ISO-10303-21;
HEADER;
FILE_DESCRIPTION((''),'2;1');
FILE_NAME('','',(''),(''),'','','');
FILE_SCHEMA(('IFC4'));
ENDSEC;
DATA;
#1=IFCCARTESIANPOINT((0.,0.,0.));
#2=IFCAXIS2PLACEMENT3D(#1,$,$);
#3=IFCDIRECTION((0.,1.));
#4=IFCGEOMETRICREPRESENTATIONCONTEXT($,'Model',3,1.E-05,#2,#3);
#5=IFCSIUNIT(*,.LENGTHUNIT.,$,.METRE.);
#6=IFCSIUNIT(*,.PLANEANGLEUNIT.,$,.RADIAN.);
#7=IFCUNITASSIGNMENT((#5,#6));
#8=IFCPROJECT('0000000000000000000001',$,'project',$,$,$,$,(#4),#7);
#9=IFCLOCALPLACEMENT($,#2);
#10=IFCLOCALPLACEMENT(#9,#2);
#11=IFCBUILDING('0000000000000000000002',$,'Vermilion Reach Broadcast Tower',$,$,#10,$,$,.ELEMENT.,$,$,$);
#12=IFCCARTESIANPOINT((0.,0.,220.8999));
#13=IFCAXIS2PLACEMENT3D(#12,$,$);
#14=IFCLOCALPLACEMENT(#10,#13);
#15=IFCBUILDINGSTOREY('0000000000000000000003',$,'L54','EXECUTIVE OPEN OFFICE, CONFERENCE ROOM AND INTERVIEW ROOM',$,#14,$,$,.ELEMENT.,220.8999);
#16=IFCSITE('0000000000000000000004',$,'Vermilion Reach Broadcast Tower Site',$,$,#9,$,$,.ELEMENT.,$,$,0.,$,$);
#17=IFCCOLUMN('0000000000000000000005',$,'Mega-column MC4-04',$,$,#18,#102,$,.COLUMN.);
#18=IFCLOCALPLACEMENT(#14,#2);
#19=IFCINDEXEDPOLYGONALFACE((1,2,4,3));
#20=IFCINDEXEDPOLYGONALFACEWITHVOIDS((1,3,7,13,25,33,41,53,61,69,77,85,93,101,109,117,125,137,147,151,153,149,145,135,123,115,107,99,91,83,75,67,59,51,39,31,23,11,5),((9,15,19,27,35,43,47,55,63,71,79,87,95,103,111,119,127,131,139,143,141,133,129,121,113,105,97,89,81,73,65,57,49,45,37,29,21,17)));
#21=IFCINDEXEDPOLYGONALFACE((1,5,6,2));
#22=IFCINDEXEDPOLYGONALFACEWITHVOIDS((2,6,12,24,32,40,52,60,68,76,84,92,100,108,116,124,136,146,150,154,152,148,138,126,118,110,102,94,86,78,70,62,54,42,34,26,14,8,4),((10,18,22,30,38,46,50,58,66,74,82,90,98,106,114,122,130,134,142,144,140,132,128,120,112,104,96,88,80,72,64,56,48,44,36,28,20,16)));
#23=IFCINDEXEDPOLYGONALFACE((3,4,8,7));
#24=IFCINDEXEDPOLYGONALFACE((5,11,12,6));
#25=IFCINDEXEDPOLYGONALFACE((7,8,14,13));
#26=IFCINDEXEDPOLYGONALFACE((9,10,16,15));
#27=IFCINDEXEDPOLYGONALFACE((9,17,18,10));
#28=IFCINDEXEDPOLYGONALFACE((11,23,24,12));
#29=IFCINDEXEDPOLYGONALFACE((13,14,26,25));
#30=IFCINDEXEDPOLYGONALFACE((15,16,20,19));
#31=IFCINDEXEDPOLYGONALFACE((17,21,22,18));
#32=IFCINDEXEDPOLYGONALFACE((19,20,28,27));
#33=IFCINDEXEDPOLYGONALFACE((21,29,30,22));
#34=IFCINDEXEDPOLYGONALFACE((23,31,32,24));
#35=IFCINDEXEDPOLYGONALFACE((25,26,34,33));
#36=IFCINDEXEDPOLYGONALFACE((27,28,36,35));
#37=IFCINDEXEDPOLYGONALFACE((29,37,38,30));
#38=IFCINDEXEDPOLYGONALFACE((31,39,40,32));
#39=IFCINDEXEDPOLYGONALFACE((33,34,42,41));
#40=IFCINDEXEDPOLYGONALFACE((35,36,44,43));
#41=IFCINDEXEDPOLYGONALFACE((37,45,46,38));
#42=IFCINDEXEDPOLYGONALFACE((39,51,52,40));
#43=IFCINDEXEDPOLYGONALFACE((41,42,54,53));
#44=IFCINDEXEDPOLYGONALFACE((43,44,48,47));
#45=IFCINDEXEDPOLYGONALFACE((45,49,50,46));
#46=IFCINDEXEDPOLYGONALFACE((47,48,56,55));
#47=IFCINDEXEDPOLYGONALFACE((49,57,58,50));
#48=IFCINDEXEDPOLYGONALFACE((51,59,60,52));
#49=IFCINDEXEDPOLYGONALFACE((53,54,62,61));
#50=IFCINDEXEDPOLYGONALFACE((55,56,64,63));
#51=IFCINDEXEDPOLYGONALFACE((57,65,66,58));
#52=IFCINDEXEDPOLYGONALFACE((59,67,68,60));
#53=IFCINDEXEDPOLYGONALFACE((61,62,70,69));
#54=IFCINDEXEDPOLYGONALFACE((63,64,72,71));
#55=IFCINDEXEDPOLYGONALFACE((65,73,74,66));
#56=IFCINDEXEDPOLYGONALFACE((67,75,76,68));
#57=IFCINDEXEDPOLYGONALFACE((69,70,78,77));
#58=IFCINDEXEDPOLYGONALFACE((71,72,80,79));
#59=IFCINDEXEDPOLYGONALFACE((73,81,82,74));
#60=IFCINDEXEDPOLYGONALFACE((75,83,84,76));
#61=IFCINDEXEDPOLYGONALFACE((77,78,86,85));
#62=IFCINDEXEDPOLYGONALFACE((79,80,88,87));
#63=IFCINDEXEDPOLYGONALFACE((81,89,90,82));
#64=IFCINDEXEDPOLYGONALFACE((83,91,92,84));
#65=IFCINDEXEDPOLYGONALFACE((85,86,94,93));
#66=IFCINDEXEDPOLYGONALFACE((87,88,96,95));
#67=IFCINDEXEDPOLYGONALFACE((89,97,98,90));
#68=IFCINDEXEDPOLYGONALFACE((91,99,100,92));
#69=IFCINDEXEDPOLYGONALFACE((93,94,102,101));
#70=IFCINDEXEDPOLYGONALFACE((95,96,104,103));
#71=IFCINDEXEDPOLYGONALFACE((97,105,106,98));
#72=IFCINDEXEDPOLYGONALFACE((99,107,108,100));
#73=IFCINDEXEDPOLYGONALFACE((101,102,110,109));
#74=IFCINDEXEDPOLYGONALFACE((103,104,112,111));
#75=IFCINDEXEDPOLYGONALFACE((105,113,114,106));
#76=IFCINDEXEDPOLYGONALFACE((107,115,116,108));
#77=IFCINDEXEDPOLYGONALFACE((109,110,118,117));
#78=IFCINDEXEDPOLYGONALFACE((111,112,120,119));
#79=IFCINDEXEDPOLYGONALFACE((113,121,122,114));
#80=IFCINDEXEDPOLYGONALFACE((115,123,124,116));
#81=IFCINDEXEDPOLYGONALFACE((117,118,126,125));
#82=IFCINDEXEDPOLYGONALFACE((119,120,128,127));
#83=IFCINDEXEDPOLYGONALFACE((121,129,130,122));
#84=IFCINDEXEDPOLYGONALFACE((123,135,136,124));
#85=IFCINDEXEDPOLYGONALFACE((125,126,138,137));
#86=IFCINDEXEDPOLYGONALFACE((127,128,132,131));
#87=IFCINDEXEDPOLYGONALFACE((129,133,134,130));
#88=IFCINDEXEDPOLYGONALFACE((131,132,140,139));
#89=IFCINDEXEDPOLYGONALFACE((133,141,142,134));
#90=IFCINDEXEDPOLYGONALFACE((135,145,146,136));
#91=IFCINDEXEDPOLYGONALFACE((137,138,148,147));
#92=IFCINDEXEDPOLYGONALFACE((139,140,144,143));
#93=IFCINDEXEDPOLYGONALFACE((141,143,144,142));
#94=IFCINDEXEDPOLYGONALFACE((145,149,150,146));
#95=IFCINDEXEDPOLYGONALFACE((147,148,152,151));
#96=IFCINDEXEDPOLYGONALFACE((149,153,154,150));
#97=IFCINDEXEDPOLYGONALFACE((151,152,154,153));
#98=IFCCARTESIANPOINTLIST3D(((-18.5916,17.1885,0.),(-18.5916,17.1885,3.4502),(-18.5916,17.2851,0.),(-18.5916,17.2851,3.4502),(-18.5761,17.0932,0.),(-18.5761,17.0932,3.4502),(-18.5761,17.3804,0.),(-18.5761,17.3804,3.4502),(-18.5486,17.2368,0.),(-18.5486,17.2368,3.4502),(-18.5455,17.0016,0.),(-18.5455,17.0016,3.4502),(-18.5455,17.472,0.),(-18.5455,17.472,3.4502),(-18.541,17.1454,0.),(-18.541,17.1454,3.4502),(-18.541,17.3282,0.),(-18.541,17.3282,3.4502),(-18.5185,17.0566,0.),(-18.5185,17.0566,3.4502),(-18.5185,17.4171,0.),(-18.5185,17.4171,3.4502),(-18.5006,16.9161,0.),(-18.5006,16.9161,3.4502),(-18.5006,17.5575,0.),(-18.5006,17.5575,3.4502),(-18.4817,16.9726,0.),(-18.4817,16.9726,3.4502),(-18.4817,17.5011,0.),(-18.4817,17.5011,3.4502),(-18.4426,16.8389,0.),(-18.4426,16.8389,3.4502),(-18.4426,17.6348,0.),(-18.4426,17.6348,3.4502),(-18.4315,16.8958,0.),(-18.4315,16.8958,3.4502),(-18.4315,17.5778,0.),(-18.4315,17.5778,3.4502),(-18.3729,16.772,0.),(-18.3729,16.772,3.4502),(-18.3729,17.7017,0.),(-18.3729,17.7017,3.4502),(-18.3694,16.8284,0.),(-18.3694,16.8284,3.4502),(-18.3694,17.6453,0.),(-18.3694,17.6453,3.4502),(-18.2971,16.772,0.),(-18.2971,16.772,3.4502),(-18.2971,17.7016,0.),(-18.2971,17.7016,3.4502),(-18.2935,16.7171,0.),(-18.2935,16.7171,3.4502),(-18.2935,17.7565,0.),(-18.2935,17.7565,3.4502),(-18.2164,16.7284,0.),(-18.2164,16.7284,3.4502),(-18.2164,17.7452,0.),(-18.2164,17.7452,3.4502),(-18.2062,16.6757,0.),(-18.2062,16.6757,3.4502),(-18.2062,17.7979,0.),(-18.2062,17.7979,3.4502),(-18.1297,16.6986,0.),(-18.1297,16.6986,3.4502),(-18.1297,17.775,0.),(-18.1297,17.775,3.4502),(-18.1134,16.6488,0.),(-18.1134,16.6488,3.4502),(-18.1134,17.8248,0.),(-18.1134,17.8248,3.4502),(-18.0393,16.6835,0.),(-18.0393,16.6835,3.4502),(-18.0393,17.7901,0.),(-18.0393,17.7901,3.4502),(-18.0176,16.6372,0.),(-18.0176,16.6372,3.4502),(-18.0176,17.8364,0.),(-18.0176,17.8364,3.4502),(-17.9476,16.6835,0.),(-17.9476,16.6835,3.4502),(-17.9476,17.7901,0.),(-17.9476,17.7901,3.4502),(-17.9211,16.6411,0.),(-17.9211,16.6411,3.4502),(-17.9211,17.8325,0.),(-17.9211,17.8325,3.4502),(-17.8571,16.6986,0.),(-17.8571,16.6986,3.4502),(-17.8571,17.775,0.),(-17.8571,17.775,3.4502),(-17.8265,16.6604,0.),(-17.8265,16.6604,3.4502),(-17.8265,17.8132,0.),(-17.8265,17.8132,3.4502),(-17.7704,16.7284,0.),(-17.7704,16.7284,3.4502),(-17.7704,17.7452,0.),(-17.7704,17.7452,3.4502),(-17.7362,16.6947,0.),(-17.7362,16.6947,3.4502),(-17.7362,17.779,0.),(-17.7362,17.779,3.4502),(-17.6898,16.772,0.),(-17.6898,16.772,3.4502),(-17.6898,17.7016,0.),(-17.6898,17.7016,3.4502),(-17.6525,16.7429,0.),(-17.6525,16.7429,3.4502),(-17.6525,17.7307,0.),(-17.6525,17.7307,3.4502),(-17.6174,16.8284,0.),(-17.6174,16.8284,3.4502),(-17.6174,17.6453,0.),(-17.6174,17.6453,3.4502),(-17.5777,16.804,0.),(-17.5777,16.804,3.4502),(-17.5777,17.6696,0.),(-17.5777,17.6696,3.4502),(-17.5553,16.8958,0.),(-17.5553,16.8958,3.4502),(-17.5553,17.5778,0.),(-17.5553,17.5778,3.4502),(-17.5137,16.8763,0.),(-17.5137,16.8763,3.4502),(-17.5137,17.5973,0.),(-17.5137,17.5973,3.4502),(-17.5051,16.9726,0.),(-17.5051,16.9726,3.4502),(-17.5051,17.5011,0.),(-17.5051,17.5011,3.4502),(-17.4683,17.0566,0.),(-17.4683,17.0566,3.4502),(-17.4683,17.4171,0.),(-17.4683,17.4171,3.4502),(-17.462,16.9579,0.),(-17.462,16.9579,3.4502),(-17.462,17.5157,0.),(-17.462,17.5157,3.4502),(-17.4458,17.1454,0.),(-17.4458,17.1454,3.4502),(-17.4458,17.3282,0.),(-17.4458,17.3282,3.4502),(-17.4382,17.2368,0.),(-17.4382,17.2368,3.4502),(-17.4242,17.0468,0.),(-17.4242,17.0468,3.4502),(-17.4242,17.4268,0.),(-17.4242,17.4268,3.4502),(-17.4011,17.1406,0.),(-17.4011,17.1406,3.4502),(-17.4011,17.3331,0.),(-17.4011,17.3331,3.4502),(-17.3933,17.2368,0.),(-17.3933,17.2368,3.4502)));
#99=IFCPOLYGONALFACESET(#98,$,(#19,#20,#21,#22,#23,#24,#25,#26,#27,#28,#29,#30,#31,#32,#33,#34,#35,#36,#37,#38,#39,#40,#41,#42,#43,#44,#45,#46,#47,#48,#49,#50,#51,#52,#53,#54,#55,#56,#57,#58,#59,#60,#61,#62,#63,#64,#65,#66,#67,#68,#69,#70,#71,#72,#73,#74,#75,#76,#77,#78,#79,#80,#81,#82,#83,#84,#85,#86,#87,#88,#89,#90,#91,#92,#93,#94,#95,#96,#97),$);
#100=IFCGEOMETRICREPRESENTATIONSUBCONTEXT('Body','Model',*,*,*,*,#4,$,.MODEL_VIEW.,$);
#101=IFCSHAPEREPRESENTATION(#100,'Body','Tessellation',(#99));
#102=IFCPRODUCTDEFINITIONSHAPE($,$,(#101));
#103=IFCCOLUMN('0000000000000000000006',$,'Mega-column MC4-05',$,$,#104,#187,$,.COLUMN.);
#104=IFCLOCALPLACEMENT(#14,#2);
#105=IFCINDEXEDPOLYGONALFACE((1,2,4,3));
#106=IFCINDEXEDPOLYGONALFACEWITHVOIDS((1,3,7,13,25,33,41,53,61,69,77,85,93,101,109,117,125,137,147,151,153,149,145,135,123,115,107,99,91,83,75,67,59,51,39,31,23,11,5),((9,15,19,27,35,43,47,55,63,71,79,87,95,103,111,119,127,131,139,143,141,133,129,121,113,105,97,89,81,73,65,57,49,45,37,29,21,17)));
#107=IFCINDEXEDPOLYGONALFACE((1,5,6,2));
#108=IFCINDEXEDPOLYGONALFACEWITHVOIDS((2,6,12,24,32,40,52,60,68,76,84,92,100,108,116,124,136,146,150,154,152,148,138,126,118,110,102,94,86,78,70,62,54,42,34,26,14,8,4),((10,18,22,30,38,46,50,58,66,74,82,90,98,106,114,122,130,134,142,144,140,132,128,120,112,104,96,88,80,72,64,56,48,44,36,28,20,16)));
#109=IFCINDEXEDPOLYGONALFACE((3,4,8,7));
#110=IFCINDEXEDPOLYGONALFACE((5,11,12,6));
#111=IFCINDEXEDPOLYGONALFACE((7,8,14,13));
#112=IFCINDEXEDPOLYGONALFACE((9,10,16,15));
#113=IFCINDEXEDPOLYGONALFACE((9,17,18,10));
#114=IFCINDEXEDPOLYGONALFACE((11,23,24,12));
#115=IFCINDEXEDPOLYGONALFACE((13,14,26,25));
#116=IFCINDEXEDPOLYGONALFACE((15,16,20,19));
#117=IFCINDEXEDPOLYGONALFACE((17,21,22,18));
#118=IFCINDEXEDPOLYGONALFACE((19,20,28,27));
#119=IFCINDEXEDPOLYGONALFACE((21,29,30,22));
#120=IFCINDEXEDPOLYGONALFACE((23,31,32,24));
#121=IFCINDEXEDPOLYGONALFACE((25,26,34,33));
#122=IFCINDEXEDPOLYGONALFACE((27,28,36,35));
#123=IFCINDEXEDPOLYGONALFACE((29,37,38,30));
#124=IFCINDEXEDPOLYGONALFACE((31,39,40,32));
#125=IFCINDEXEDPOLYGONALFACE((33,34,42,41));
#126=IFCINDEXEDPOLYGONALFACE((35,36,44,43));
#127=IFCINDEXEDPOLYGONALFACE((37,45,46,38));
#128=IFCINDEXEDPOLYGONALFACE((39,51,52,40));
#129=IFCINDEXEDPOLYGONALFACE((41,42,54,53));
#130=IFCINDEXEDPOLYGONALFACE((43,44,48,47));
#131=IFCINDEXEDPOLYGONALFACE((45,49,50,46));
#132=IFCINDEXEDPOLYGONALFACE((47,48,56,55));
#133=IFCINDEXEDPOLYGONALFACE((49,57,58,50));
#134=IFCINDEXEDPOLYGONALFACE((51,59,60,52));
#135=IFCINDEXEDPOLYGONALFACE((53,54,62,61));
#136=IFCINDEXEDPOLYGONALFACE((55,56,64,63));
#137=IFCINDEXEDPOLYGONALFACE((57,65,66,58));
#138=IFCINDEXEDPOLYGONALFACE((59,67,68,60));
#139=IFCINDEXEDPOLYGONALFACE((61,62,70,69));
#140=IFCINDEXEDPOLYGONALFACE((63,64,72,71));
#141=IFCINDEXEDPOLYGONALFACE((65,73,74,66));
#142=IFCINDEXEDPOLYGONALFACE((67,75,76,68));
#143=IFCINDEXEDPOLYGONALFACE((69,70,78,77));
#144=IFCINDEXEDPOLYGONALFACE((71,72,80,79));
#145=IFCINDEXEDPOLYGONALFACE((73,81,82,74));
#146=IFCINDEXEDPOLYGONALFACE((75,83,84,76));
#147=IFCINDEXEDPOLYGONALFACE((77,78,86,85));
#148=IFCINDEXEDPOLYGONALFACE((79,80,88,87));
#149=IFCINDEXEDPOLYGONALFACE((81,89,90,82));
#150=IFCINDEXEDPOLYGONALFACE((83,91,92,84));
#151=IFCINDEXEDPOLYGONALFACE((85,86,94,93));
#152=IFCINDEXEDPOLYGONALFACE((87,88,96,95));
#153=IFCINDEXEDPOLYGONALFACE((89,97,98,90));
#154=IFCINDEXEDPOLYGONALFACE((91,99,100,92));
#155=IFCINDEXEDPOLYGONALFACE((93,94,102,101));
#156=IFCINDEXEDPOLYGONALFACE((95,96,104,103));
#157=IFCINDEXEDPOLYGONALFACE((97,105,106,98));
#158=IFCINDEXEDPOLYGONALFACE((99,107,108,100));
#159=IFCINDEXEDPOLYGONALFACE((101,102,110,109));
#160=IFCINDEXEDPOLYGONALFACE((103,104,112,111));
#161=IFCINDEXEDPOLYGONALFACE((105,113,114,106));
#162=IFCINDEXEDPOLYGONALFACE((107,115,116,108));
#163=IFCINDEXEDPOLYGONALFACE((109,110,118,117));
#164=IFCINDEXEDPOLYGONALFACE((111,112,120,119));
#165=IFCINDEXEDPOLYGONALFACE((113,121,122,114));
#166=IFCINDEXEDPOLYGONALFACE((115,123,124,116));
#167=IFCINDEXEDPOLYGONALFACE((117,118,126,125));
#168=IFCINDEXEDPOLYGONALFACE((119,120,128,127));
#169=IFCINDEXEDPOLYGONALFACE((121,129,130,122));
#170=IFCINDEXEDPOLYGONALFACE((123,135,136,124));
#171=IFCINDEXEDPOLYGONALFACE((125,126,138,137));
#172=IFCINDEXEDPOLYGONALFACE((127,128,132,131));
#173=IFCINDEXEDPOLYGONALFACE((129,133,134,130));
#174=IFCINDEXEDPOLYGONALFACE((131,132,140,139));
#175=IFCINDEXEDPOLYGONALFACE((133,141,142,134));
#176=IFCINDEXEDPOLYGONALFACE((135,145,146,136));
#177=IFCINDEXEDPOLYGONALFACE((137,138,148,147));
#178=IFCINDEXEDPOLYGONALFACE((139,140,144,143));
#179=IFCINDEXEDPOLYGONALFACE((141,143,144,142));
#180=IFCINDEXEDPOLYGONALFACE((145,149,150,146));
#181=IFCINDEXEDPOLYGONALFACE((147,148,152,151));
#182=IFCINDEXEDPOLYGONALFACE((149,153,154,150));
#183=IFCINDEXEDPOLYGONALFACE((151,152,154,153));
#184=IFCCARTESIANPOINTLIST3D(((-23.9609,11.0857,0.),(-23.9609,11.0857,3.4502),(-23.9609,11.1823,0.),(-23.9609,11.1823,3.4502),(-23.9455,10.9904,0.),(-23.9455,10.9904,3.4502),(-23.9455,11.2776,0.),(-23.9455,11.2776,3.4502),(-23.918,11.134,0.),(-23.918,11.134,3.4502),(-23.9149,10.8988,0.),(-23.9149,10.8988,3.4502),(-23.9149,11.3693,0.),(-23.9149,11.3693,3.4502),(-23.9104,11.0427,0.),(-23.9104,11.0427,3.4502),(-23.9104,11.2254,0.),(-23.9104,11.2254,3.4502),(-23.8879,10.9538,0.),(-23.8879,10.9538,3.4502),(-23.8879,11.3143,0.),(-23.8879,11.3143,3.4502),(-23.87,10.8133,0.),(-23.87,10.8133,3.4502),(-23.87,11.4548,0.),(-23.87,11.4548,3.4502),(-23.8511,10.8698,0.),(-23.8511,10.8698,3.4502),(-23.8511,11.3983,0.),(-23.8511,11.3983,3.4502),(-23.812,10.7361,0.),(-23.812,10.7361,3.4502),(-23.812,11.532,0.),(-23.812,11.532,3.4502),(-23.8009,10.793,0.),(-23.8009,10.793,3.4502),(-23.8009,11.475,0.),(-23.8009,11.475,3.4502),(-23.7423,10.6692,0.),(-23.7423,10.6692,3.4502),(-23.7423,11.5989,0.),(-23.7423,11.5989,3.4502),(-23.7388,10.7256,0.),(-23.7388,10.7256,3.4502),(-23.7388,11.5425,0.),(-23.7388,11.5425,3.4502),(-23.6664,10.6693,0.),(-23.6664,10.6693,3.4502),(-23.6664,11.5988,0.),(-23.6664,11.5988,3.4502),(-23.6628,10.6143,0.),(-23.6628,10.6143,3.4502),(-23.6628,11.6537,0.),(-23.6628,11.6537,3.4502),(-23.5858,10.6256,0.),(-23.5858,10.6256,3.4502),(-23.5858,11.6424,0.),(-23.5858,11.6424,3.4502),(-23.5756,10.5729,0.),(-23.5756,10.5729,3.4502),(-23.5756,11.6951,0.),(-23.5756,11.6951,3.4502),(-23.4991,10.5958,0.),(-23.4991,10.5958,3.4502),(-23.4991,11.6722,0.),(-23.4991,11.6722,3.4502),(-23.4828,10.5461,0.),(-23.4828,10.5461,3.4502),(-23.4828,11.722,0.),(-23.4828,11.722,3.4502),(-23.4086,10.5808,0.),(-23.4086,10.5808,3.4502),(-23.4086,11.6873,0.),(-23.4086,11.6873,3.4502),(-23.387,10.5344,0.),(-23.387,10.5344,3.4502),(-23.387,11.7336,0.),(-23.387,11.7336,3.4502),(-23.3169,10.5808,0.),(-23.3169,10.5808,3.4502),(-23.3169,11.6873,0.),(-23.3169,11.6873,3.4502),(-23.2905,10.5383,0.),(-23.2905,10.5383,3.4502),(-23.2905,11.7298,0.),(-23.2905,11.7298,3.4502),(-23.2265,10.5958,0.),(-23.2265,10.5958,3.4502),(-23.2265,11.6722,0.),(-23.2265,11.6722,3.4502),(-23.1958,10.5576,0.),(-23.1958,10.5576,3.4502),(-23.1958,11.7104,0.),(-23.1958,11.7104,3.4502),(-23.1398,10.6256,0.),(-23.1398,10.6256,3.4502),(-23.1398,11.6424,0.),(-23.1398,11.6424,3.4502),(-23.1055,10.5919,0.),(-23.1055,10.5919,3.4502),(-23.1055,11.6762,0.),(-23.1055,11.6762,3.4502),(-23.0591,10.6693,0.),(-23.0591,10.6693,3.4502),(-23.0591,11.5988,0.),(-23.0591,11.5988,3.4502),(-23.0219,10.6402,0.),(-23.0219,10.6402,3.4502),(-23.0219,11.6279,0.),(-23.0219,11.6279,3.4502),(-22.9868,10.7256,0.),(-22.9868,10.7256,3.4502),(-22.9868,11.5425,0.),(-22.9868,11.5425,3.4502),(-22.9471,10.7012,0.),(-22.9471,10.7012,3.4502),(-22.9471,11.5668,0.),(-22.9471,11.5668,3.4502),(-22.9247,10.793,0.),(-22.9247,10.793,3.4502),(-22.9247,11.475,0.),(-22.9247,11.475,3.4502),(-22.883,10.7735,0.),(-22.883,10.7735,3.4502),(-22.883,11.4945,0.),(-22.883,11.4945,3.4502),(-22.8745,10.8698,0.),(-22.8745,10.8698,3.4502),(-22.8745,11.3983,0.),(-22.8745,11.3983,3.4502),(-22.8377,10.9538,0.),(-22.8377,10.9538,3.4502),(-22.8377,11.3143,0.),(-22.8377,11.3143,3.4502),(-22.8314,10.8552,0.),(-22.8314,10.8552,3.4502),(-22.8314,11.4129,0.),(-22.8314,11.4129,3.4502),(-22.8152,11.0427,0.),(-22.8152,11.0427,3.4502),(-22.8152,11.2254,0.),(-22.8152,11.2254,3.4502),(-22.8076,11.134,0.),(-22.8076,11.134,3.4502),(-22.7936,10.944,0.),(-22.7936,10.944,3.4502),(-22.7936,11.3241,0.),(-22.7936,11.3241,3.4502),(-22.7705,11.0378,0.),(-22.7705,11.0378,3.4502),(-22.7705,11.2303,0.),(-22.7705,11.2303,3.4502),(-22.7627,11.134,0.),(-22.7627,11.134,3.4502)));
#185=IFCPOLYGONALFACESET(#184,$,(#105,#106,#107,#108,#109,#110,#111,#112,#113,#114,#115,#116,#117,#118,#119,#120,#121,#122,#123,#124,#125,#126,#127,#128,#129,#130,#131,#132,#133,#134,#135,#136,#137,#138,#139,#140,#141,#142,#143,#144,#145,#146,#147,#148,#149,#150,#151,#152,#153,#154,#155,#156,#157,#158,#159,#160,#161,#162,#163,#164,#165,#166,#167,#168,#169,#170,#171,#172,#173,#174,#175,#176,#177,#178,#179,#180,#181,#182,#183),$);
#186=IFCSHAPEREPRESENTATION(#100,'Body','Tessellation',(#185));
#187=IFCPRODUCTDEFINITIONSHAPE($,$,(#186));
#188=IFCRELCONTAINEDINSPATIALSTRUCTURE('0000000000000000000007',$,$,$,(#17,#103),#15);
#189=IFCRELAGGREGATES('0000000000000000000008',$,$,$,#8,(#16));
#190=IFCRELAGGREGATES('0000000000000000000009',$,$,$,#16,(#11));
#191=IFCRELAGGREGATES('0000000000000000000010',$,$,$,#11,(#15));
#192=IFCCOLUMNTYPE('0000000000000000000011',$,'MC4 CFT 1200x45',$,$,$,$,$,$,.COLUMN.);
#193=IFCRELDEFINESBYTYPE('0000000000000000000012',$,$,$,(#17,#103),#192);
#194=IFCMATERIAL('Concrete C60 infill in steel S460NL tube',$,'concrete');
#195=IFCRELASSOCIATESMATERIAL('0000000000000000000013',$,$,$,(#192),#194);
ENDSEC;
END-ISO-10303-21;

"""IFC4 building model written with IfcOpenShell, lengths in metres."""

from ifc_helpers import new_model, si_unit, direction, frame, origin, origin_2d, place, context, subcontext, project, spatial, hollow_circle, extrude, material, material_profile, profile_set, type_object, element, save


model = new_model("IFC4")

# Units and contexts
model_context = context("Model", 3, precision=1e-05, world=origin(), true_north=direction((0.0, 1.0)))
body_context = subcontext(model_context, "Body", "Model", "MODEL_VIEW")
ifc_project = project(units=[si_unit("LENGTHUNIT", "METRE"), si_unit("PLANEANGLEUNIT", "RADIAN")], contexts=[model_context])

# Site, building, storey
site_placement = place(None, origin())
site = spatial("IfcSite", under=ifc_project, at=site_placement, Name="Vermilion Reach Broadcast Tower Site", CompositionType="ELEMENT", RefElevation=0.0)
building_placement = place(site_placement, origin())
building = spatial("IfcBuilding", under=site, at=building_placement, Name="Vermilion Reach Broadcast Tower", CompositionType="ELEMENT")
storey_placement = place(building_placement, frame((0.0, 0.0, 220.8999)))
storey = spatial("IfcBuildingStorey", under=building, at=storey_placement, Name="L54", Description="EXECUTIVE OPEN OFFICE, CONFERENCE ROOM AND INTERVIEW ROOM", CompositionType="ELEMENT", Elevation=220.8999)

# Columns
ifc_material_1 = material(Name="Concrete C60 infill in steel S460NL tube", Category="concrete")
ifc_material_profile_1 = material_profile(ifc_material_1, hollow_circle(Radius=0.6001, WallThickness=0.0449, at=origin_2d()), Name="Concrete C60 infill in steel S460NL tube CFT 1200x45")
ifc_profile_set_1 = profile_set([ifc_material_profile_1], Name="Concrete C60 infill in steel S460NL tube")
column_type = type_object("IfcColumnType", Name="MC4 CFT 1200x45", PredefinedType="COLUMN", material=ifc_profile_set_1)
for number, where, z_axis, x_axis, name in (
    (1, (-17.9934, 17.2368, 0.0), (0.0, 0.0, 1.0), (1.0, 0.0, 0.0), "Mega-column MC4-04"),
    (2, (-23.3628, 11.134, 0.0), (0.0, 0.0, 1.0), (1.0, 0.0, 0.0), "Mega-column MC4-05"),
):
    element("IfcColumn", number, at=place(storey_placement, frame(where, z_axis=z_axis, x_axis=x_axis)), inside=storey, type_object=column_type, Name=name, PredefinedType="COLUMN", context=body_context, shape_type="SweptSolid", body=[
        extrude(hollow_circle(Radius=0.6001, WallThickness=0.0449, at=origin_2d()), origin(), (0.0, 0.0, 1.0), 3.4502),
    ])

save(model, "model.ifc")
